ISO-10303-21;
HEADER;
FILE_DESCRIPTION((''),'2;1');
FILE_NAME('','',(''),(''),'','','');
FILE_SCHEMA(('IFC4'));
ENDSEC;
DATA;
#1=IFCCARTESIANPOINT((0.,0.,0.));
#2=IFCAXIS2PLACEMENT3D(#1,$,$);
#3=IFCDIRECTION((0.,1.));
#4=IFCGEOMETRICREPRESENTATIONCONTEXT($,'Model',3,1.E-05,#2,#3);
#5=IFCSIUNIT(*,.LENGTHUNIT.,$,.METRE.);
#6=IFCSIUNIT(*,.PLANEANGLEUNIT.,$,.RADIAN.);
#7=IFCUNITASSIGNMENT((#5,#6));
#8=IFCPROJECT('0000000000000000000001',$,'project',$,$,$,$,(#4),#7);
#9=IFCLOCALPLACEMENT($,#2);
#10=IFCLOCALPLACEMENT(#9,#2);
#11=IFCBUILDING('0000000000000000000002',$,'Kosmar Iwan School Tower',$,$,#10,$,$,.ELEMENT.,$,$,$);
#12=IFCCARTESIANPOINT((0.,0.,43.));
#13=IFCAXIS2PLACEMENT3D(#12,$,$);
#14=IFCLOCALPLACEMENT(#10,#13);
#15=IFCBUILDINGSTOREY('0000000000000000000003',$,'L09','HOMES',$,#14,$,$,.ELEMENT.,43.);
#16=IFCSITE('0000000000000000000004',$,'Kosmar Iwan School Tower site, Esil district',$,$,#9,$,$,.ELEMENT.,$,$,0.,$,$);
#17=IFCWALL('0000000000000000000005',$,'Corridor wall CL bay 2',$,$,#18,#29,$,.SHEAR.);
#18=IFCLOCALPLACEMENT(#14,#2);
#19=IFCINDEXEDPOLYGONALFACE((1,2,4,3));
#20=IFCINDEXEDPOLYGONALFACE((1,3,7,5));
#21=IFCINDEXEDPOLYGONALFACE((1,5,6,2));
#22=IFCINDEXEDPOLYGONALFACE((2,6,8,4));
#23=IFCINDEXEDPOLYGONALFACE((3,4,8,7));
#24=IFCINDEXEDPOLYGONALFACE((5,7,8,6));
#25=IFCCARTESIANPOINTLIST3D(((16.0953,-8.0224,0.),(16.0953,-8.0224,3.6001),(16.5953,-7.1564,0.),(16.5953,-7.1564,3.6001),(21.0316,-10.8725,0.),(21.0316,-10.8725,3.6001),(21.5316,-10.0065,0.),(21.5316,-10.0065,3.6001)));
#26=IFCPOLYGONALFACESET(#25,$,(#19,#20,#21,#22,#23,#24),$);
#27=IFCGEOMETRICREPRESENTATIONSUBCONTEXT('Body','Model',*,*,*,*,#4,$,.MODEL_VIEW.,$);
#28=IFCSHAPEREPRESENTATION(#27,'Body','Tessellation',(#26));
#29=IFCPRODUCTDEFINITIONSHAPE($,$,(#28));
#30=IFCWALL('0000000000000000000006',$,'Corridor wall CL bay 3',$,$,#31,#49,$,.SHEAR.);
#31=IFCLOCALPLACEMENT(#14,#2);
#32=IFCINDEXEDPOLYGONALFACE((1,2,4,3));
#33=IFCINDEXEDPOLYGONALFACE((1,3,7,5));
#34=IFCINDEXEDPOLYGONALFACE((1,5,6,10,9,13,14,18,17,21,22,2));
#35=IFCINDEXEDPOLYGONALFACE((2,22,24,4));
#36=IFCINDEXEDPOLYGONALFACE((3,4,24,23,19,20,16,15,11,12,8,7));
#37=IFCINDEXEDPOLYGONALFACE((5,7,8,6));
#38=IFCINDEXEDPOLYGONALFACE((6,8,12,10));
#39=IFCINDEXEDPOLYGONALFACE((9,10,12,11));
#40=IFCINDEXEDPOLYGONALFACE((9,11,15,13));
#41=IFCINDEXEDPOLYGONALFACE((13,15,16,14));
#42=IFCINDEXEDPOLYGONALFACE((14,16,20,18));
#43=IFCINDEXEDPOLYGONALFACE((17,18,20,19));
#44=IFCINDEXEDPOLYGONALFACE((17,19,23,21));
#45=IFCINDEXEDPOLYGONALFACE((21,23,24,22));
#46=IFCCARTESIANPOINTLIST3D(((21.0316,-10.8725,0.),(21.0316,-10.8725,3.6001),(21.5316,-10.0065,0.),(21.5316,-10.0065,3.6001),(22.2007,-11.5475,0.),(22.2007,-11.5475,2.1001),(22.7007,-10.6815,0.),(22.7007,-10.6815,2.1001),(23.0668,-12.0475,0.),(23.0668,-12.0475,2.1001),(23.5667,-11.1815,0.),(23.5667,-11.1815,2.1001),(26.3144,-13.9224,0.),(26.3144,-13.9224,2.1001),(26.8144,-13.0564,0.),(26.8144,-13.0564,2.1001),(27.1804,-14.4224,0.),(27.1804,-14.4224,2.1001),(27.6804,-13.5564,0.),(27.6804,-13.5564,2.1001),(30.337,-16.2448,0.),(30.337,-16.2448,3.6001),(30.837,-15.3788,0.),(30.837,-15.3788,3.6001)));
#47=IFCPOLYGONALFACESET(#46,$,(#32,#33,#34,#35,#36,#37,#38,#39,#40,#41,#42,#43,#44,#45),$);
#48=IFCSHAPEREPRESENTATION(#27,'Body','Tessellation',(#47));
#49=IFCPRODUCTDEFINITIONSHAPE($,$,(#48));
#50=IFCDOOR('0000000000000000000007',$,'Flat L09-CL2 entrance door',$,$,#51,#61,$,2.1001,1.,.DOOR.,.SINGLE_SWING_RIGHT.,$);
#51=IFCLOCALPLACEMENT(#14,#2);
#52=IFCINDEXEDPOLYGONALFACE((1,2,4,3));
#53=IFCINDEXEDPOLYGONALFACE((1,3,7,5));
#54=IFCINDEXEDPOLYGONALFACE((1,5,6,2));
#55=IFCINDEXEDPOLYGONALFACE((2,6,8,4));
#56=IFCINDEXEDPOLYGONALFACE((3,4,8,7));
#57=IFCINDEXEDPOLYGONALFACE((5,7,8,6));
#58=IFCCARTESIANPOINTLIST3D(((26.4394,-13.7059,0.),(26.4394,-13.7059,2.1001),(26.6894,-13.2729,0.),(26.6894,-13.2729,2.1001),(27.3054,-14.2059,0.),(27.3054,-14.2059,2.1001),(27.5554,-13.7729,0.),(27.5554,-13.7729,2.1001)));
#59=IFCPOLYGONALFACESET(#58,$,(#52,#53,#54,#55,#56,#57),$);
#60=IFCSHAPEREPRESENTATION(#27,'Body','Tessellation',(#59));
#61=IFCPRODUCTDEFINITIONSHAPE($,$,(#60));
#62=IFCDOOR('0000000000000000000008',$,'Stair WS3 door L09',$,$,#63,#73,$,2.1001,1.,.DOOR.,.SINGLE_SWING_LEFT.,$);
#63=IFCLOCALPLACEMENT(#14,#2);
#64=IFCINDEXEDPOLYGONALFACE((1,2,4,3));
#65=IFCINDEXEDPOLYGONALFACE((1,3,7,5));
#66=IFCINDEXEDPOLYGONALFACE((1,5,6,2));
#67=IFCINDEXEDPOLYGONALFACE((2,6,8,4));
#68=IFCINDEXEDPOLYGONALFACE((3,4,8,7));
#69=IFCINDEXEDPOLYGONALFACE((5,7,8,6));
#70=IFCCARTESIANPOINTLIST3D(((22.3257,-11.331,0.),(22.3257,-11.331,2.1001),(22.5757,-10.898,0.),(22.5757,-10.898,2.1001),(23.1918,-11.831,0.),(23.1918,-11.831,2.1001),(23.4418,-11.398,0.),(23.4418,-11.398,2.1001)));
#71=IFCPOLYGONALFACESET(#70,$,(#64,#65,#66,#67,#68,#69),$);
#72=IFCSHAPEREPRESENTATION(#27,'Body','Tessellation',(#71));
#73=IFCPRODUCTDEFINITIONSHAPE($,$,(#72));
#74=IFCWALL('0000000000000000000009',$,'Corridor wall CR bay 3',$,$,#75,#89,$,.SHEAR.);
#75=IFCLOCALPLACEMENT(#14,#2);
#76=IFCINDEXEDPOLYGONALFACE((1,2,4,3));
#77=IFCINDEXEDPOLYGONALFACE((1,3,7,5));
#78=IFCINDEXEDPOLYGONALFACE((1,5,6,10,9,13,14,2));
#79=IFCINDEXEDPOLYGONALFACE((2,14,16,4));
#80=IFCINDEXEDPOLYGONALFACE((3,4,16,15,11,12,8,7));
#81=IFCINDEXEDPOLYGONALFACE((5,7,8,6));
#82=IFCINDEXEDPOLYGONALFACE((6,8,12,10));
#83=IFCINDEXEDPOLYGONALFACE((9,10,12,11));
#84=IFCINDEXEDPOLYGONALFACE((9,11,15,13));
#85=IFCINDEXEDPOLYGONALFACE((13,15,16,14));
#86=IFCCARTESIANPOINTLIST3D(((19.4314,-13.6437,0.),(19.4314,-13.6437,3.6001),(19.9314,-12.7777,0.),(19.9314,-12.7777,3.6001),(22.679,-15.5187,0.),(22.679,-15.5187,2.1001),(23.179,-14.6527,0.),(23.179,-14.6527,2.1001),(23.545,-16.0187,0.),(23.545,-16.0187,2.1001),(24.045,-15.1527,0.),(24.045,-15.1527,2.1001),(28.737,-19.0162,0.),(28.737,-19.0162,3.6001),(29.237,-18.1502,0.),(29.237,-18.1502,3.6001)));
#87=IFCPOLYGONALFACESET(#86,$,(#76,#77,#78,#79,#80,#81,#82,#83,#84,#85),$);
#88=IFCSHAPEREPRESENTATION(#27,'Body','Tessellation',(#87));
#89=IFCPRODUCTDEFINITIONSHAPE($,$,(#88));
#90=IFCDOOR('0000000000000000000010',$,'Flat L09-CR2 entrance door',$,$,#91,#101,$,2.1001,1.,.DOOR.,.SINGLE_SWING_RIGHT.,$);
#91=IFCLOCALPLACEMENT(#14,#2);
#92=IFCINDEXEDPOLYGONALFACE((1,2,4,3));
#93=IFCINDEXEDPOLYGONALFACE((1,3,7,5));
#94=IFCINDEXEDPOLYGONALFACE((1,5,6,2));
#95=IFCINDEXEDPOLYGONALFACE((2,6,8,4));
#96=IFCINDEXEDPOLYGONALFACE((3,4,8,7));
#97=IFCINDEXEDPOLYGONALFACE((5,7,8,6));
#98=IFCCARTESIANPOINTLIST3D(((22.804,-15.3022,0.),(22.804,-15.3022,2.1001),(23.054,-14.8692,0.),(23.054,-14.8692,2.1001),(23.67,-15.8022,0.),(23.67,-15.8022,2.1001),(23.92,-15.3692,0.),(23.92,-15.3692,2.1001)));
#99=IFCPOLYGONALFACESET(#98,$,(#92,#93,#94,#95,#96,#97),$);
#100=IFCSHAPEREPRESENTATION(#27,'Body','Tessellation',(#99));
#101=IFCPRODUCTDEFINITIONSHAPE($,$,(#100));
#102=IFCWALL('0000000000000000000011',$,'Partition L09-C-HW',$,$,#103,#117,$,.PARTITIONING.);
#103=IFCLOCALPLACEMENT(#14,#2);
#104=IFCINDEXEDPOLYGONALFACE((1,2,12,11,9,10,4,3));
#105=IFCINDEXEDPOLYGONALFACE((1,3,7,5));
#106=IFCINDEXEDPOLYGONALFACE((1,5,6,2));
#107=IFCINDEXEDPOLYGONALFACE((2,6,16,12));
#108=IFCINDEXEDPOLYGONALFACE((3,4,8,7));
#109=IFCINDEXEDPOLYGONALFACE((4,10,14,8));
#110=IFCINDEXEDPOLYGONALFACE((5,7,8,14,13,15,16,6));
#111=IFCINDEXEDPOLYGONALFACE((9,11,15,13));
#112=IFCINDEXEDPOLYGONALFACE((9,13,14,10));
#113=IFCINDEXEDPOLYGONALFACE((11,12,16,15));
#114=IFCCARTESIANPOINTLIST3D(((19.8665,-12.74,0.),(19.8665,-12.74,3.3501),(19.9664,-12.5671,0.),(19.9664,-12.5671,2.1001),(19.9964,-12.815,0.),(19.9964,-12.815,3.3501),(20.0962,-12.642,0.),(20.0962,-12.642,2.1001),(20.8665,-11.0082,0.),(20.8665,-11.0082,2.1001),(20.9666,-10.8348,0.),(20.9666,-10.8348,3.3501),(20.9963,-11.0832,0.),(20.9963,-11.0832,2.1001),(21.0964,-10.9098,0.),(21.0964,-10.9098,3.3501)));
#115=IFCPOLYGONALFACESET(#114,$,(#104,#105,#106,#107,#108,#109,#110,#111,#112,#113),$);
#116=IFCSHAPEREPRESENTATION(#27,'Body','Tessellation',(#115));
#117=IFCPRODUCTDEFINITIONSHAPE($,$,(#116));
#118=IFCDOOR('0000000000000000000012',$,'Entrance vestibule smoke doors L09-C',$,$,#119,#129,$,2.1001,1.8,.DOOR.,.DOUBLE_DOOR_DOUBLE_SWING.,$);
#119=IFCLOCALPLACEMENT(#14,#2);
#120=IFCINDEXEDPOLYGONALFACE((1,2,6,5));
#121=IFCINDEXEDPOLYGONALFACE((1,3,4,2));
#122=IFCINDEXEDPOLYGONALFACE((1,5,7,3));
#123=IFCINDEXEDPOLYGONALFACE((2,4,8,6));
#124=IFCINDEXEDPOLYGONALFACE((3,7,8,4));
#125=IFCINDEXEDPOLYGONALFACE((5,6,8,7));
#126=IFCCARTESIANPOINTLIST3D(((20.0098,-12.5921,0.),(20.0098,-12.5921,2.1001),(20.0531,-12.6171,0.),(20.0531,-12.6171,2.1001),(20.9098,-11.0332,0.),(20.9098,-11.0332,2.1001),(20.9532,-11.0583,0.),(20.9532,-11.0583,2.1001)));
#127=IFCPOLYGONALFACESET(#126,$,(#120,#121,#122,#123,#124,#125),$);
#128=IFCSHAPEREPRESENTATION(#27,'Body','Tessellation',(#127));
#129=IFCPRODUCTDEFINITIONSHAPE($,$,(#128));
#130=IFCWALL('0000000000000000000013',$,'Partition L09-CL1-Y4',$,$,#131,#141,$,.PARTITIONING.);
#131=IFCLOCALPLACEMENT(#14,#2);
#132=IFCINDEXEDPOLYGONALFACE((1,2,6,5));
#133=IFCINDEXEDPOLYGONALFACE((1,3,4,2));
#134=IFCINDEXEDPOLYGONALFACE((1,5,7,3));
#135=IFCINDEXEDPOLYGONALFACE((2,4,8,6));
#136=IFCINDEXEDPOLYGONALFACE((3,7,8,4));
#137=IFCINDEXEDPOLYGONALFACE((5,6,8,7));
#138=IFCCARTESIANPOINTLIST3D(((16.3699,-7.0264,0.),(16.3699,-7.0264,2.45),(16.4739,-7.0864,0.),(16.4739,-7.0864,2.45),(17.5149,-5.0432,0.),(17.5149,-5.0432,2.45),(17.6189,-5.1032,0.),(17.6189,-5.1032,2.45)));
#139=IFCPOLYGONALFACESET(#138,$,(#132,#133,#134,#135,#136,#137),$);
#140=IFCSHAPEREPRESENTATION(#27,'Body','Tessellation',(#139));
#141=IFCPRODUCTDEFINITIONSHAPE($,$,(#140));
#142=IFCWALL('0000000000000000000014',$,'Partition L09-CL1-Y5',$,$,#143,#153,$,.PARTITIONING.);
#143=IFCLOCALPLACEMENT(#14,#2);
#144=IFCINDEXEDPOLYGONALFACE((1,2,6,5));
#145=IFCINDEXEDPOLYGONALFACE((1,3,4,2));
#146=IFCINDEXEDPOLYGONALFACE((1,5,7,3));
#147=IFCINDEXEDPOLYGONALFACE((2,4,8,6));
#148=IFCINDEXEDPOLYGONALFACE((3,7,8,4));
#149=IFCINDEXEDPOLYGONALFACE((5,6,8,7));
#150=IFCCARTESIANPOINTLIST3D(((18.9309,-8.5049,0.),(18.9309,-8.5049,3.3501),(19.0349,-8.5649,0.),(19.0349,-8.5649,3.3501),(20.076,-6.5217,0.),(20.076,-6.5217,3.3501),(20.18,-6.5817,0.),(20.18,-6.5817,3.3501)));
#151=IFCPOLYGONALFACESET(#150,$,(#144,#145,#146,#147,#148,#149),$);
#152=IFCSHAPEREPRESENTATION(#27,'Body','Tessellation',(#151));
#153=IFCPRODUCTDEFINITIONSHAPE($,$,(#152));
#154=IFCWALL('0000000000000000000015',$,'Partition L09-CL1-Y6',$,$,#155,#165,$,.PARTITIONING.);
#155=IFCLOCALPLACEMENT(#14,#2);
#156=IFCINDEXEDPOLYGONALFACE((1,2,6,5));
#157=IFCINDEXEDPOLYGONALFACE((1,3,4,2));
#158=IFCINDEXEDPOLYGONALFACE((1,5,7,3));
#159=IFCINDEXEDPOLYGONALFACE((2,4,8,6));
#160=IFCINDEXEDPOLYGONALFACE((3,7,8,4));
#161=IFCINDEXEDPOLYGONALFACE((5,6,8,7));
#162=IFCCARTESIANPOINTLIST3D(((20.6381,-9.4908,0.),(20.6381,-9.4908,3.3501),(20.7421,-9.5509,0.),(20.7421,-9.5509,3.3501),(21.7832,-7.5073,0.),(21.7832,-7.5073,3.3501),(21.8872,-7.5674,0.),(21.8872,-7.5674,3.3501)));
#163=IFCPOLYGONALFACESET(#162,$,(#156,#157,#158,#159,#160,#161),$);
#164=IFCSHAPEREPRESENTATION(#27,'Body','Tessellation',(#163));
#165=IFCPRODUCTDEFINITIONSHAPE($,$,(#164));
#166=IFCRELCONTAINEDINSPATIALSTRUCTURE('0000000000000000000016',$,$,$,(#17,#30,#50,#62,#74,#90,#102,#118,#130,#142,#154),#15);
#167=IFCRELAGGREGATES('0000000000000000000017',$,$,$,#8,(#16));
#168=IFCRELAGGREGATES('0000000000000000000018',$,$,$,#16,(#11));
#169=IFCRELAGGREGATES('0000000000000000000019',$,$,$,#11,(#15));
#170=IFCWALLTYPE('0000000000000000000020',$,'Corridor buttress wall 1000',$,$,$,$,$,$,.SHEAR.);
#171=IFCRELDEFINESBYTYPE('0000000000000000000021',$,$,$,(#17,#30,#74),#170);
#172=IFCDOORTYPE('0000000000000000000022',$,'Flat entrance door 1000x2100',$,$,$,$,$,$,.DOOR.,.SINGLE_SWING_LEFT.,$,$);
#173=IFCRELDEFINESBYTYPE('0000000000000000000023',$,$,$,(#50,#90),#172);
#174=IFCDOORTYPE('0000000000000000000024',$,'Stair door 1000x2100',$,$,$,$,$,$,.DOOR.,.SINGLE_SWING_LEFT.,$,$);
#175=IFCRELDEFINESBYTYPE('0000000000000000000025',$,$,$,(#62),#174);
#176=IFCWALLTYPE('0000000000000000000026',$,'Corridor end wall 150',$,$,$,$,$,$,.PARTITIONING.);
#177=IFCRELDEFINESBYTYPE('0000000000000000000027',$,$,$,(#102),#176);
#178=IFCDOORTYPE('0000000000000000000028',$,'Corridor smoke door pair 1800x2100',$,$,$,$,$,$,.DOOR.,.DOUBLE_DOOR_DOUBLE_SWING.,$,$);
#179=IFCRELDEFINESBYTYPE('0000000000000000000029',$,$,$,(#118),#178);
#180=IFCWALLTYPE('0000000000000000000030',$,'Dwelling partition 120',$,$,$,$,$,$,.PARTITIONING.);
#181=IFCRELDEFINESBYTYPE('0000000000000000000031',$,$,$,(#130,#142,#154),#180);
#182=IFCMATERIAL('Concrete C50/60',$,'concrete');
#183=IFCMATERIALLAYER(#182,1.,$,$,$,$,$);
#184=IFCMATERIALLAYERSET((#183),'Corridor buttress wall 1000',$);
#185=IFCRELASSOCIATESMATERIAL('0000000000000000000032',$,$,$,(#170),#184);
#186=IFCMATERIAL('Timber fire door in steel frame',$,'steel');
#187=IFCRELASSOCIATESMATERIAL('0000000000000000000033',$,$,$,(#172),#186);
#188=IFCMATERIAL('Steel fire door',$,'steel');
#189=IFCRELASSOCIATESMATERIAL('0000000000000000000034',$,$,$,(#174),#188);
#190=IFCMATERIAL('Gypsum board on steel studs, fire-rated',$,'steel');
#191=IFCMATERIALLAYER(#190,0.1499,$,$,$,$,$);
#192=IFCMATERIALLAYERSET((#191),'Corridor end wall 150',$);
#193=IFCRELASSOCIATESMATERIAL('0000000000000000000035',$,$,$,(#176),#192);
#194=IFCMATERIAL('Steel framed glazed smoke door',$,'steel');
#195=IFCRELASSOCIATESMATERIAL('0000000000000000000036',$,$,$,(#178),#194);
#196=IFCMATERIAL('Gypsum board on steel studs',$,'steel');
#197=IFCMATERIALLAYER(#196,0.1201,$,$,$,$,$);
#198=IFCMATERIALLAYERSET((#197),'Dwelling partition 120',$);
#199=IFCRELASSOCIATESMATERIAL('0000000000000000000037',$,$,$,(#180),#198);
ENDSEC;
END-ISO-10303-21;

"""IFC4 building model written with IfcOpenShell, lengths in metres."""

from ifc_helpers import new_model, si_unit, direction, frame, frame_2d, origin, place, context, subcontext, project, spatial, rectangle, extrude, material, layer, layer_set, type_object, element, fill, save


model = new_model("IFC4")

# Units and contexts
model_context = context("Model", 3, precision=1e-05, world=origin(), true_north=direction((0.0, 1.0)))
body_context = subcontext(model_context, "Body", "Model", "MODEL_VIEW")
ifc_project = project(units=[si_unit("LENGTHUNIT", "METRE"), si_unit("PLANEANGLEUNIT", "RADIAN")], contexts=[model_context])

# Site, building, storey
site_placement = place(None, origin())
site = spatial("IfcSite", under=ifc_project, at=site_placement, Name="Kosmar Iwan School Tower site, Esil district", CompositionType="ELEMENT", RefElevation=0.0)
building_placement = place(site_placement, origin())
building = spatial("IfcBuilding", under=site, at=building_placement, Name="Kosmar Iwan School Tower", CompositionType="ELEMENT")
storey_placement = place(building_placement, frame((0.0, 0.0, 43.0)))
storey = spatial("IfcBuildingStorey", under=building, at=storey_placement, Name="L09", Description="HOMES", CompositionType="ELEMENT", Elevation=43.0)

# Wall
ifc_material_1 = material(Name="Concrete C50/60", Category="concrete")
ifc_layer_1 = layer(ifc_material_1, 1.0)
ifc_layer_set_1 = layer_set([ifc_layer_1], Name="Corridor buttress wall 1000")
wall_type_1 = type_object("IfcWallType", Name="Corridor buttress wall 1000", PredefinedType="SHEAR", material=ifc_layer_set_1)
wall_1_placement = place(storey_placement, frame((16.3452, -7.5894, 0.0), z_axis=(0.0, 0.0, 1.0), x_axis=(0.866015, -0.500018, 0.0)))
element("IfcWall", 1, at=wall_1_placement, inside=storey, type_object=wall_type_1, Name="Corridor wall CL bay 2", PredefinedType="SHEAR", context=body_context, shape_type="SweptSolid", body=[
    extrude(rectangle(XDim=5.7, YDim=1.0, at=frame_2d((2.8501, 0.0))), origin(), (0.0, 0.0, 1.0), 3.6001),
])

# Wall, openings, doors
wall_2_placement = place(storey_placement, frame((21.2815, -10.4395, 0.0), z_axis=(0.0, 0.0, 1.0), x_axis=(0.866032, -0.499988, 0.0)))
wall_2 = element("IfcWall", 2, at=wall_2_placement, inside=storey, type_object=wall_type_1, Name="Corridor wall CL bay 3", PredefinedType="SHEAR", context=body_context, shape_type="SweptSolid", body=[
    extrude(rectangle(XDim=10.7449, YDim=1.0, at=frame_2d((5.3726, 0.0))), origin(), (0.0, 0.0, 1.0), 3.6001),
])
opening_1_placement = place(wall_2_placement, frame((6.1001, 0.0, 0.0)))
opening_1 = element("IfcOpeningElement", 3, at=opening_1_placement, cuts=wall_2, PredefinedType="OPENING", context=body_context, shape_type="SweptSolid", body=[
    extrude(rectangle(XDim=1.0, YDim=2.1001, at=frame_2d((0.5, 1.05))), frame((0.0, 0.512, 0.0), z_axis=(0.0, -1.0, 0.0), x_axis=(1.0, 0.0, 0.0)), (0.0, 0.0, 1.0), 1.0239),
])
opening_2_placement = place(wall_2_placement, frame((1.3501, 0.0, 0.0)))
opening_2 = element("IfcOpeningElement", 4, at=opening_2_placement, cuts=wall_2, PredefinedType="OPENING", context=body_context, shape_type="SweptSolid", body=[
    extrude(rectangle(XDim=1.0, YDim=2.1001, at=frame_2d((0.5, 1.05))), frame((0.0, 0.512, 0.0), z_axis=(0.0, -1.0, 0.0), x_axis=(1.0, 0.0, 0.0)), (0.0, 0.0, 1.0), 1.0239),
])
ifc_material_2 = material(Name="Timber fire door in steel frame", Category="steel")
door_type_1 = type_object("IfcDoorType", Name="Flat entrance door 1000x2100", OperationType="SINGLE_SWING_LEFT", PredefinedType="DOOR", material=ifc_material_2)
door_1_placement = place(opening_1_placement, origin())
door_1 = element("IfcDoor", 5, at=door_1_placement, inside=storey, type_object=door_type_1, Name="Flat L09-CL2 entrance door", OperationType="SINGLE_SWING_RIGHT", OverallHeight=2.1001, OverallWidth=1.0, PredefinedType="DOOR", context=body_context, shape_type="SweptSolid", body=[
    extrude(rectangle(XDim=1.0, YDim=2.1001, at=frame_2d((0.5, 1.05))), frame((0.0, 0.25, 0.0), z_axis=(0.0, -1.0, 0.0), x_axis=(1.0, 0.0, 0.0)), (0.0, 0.0, 1.0), 0.5),
])
fill(opening_1, door_1)
ifc_material_3 = material(Name="Steel fire door", Category="steel")
door_type_2 = type_object("IfcDoorType", Name="Stair door 1000x2100", OperationType="SINGLE_SWING_LEFT", PredefinedType="DOOR", material=ifc_material_3)
door_2_placement = place(opening_2_placement, origin())
door_2 = element("IfcDoor", 6, at=door_2_placement, inside=storey, type_object=door_type_2, Name="Stair WS3 door L09", OperationType="SINGLE_SWING_LEFT", OverallHeight=2.1001, OverallWidth=1.0, PredefinedType="DOOR", context=body_context, shape_type="SweptSolid", body=[
    extrude(rectangle(XDim=1.0, YDim=2.1001, at=frame_2d((0.5, 1.05))), frame((0.0, 0.25, 0.0), z_axis=(0.0, -1.0, 0.0), x_axis=(1.0, 0.0, 0.0)), (0.0, 0.0, 1.0), 0.5),
])
fill(opening_2, door_2)

# Walls, openings, doors
wall_3_placement = place(storey_placement, frame((19.6814, -13.2107, 0.0), z_axis=(0.0, 0.0, 1.0), x_axis=(0.866028, -0.499995, 0.0)))
wall_3 = element("IfcWall", 7, at=wall_3_placement, inside=storey, type_object=wall_type_1, Name="Corridor wall CR bay 3", PredefinedType="SHEAR", context=body_context, shape_type="SweptSolid", body=[
    extrude(rectangle(XDim=10.7451, YDim=1.0, at=frame_2d((5.3726, 0.0))), origin(), (0.0, 0.0, 1.0), 3.6001),
])
opening_3_placement = place(wall_3_placement, frame((3.75, 0.0, 0.0)))
opening_3 = element("IfcOpeningElement", 8, at=opening_3_placement, cuts=wall_3, PredefinedType="OPENING", context=body_context, shape_type="SweptSolid", body=[
    extrude(rectangle(XDim=1.0, YDim=2.1001, at=frame_2d((0.5, 1.05))), frame((0.0, 0.512, 0.0), z_axis=(0.0, -1.0, 0.0), x_axis=(1.0, 0.0, 0.0)), (0.0, 0.0, 1.0), 1.0239),
])
door_3_placement = place(opening_3_placement, origin())
door_3 = element("IfcDoor", 9, at=door_3_placement, inside=storey, type_object=door_type_1, Name="Flat L09-CR2 entrance door", OperationType="SINGLE_SWING_RIGHT", OverallHeight=2.1001, OverallWidth=1.0, PredefinedType="DOOR", context=body_context, shape_type="SweptSolid", body=[
    extrude(rectangle(XDim=1.0, YDim=2.1001, at=frame_2d((0.5, 1.05))), frame((0.0, 0.25, 0.0), z_axis=(0.0, -1.0, 0.0), x_axis=(1.0, 0.0, 0.0)), (0.0, 0.0, 1.0), 0.5),
])
fill(opening_3, door_3)
ifc_material_4 = material(Name="Gypsum board on steel studs, fire-rated", Category="steel")
ifc_layer_2 = layer(ifc_material_4, 0.1499)
ifc_layer_set_2 = layer_set([ifc_layer_2], Name="Corridor end wall 150")
wall_type_2 = type_object("IfcWallType", Name="Corridor end wall 150", PredefinedType="PARTITIONING", material=ifc_layer_set_2)
wall_4_placement = place(storey_placement, frame((19.9314, -12.7776, 0.0), z_axis=(0.0, 0.0, 1.0), x_axis=(0.50003, 0.866008, 0.0)))
wall_4 = element("IfcWall", 10, at=wall_4_placement, inside=storey, type_object=wall_type_2, Name="Partition L09-C-HW", PredefinedType="PARTITIONING", context=body_context, shape_type="SweptSolid", body=[
    extrude(rectangle(XDim=2.2, YDim=0.1499, at=frame_2d((1.1001, 0.0))), origin(), (0.0, 0.0, 1.0), 3.3501),
])
opening_4_placement = place(wall_4_placement, frame((0.2, 0.0, 0.0)))
opening_4 = element("IfcOpeningElement", 11, at=opening_4_placement, cuts=wall_4, PredefinedType="OPENING", context=body_context, shape_type="SweptSolid", body=[
    extrude(rectangle(XDim=1.8, YDim=2.1001, at=frame_2d((0.8999, 1.05))), frame((0.0, 0.0869, 0.0), z_axis=(0.0, -1.0, 0.0), x_axis=(1.0, 0.0, 0.0)), (0.0, 0.0, 1.0), 0.1738),
])
ifc_material_5 = material(Name="Steel framed glazed smoke door", Category="steel")
door_type_3 = type_object("IfcDoorType", Name="Corridor smoke door pair 1800x2100", OperationType="DOUBLE_DOOR_DOUBLE_SWING", PredefinedType="DOOR", material=ifc_material_5)
door_4_placement = place(opening_4_placement, origin())
door_4 = element("IfcDoor", 12, at=door_4_placement, inside=storey, type_object=door_type_3, Name="Entrance vestibule smoke doors L09-C", OperationType="DOUBLE_DOOR_DOUBLE_SWING", OverallHeight=2.1001, OverallWidth=1.8, PredefinedType="DOOR", context=body_context, shape_type="SweptSolid", body=[
    extrude(rectangle(XDim=1.8, YDim=2.1001, at=frame_2d((0.8999, 1.05))), frame((0.0, 0.0249, 0.0), z_axis=(0.0, -1.0, 0.0), x_axis=(1.0, 0.0, 0.0)), (0.0, 0.0, 1.0), 0.05),
])
fill(opening_4, door_4)

# Walls
ifc_material_6 = material(Name="Gypsum board on steel studs", Category="steel")
ifc_layer_3 = layer(ifc_material_6, 0.1201)
ifc_layer_set_3 = layer_set([ifc_layer_3], Name="Dwelling partition 120")
wall_type_3 = type_object("IfcWallType", Name="Dwelling partition 120", PredefinedType="PARTITIONING", material=ifc_layer_set_3)
wall_5_placement = place(storey_placement, frame((16.4219, -7.0564, 0.0), z_axis=(0.0, 0.0, 1.0), x_axis=(0.500015, 0.866017, 0.0)))
element("IfcWall", 13, at=wall_5_placement, inside=storey, type_object=wall_type_3, Name="Partition L09-CL1-Y4", PredefinedType="PARTITIONING", context=body_context, shape_type="SweptSolid", body=[
    extrude(rectangle(XDim=2.29, YDim=0.1201, at=frame_2d((1.145, 0.0))), origin(), (0.0, 0.0, 1.0), 2.45),
])
wall_6_placement = place(storey_placement, frame((18.9829, -8.5349, 0.0), z_axis=(0.0, 0.0, 1.0), x_axis=(0.500015, 0.866017, 0.0)))
element("IfcWall", 14, at=wall_6_placement, inside=storey, type_object=wall_type_3, Name="Partition L09-CL1-Y5", PredefinedType="PARTITIONING", context=body_context, shape_type="SweptSolid", body=[
    extrude(rectangle(XDim=2.29, YDim=0.1201, at=frame_2d((1.145, 0.0))), origin(), (0.0, 0.0, 1.0), 3.3501),
])
wall_7_placement = place(storey_placement, frame((20.6902, -9.5208, 0.0), z_axis=(0.0, 0.0, 1.0), x_axis=(0.499969, 0.866044, 0.0)))
element("IfcWall", 15, at=wall_7_placement, inside=storey, type_object=wall_type_3, Name="Partition L09-CL1-Y6", PredefinedType="PARTITIONING", context=body_context, shape_type="SweptSolid", body=[
    extrude(rectangle(XDim=2.2903, YDim=0.1201, at=frame_2d((1.145, 0.0))), origin(), (0.0, 0.0, 1.0), 3.3501),
])

save(model, "model.ifc")
